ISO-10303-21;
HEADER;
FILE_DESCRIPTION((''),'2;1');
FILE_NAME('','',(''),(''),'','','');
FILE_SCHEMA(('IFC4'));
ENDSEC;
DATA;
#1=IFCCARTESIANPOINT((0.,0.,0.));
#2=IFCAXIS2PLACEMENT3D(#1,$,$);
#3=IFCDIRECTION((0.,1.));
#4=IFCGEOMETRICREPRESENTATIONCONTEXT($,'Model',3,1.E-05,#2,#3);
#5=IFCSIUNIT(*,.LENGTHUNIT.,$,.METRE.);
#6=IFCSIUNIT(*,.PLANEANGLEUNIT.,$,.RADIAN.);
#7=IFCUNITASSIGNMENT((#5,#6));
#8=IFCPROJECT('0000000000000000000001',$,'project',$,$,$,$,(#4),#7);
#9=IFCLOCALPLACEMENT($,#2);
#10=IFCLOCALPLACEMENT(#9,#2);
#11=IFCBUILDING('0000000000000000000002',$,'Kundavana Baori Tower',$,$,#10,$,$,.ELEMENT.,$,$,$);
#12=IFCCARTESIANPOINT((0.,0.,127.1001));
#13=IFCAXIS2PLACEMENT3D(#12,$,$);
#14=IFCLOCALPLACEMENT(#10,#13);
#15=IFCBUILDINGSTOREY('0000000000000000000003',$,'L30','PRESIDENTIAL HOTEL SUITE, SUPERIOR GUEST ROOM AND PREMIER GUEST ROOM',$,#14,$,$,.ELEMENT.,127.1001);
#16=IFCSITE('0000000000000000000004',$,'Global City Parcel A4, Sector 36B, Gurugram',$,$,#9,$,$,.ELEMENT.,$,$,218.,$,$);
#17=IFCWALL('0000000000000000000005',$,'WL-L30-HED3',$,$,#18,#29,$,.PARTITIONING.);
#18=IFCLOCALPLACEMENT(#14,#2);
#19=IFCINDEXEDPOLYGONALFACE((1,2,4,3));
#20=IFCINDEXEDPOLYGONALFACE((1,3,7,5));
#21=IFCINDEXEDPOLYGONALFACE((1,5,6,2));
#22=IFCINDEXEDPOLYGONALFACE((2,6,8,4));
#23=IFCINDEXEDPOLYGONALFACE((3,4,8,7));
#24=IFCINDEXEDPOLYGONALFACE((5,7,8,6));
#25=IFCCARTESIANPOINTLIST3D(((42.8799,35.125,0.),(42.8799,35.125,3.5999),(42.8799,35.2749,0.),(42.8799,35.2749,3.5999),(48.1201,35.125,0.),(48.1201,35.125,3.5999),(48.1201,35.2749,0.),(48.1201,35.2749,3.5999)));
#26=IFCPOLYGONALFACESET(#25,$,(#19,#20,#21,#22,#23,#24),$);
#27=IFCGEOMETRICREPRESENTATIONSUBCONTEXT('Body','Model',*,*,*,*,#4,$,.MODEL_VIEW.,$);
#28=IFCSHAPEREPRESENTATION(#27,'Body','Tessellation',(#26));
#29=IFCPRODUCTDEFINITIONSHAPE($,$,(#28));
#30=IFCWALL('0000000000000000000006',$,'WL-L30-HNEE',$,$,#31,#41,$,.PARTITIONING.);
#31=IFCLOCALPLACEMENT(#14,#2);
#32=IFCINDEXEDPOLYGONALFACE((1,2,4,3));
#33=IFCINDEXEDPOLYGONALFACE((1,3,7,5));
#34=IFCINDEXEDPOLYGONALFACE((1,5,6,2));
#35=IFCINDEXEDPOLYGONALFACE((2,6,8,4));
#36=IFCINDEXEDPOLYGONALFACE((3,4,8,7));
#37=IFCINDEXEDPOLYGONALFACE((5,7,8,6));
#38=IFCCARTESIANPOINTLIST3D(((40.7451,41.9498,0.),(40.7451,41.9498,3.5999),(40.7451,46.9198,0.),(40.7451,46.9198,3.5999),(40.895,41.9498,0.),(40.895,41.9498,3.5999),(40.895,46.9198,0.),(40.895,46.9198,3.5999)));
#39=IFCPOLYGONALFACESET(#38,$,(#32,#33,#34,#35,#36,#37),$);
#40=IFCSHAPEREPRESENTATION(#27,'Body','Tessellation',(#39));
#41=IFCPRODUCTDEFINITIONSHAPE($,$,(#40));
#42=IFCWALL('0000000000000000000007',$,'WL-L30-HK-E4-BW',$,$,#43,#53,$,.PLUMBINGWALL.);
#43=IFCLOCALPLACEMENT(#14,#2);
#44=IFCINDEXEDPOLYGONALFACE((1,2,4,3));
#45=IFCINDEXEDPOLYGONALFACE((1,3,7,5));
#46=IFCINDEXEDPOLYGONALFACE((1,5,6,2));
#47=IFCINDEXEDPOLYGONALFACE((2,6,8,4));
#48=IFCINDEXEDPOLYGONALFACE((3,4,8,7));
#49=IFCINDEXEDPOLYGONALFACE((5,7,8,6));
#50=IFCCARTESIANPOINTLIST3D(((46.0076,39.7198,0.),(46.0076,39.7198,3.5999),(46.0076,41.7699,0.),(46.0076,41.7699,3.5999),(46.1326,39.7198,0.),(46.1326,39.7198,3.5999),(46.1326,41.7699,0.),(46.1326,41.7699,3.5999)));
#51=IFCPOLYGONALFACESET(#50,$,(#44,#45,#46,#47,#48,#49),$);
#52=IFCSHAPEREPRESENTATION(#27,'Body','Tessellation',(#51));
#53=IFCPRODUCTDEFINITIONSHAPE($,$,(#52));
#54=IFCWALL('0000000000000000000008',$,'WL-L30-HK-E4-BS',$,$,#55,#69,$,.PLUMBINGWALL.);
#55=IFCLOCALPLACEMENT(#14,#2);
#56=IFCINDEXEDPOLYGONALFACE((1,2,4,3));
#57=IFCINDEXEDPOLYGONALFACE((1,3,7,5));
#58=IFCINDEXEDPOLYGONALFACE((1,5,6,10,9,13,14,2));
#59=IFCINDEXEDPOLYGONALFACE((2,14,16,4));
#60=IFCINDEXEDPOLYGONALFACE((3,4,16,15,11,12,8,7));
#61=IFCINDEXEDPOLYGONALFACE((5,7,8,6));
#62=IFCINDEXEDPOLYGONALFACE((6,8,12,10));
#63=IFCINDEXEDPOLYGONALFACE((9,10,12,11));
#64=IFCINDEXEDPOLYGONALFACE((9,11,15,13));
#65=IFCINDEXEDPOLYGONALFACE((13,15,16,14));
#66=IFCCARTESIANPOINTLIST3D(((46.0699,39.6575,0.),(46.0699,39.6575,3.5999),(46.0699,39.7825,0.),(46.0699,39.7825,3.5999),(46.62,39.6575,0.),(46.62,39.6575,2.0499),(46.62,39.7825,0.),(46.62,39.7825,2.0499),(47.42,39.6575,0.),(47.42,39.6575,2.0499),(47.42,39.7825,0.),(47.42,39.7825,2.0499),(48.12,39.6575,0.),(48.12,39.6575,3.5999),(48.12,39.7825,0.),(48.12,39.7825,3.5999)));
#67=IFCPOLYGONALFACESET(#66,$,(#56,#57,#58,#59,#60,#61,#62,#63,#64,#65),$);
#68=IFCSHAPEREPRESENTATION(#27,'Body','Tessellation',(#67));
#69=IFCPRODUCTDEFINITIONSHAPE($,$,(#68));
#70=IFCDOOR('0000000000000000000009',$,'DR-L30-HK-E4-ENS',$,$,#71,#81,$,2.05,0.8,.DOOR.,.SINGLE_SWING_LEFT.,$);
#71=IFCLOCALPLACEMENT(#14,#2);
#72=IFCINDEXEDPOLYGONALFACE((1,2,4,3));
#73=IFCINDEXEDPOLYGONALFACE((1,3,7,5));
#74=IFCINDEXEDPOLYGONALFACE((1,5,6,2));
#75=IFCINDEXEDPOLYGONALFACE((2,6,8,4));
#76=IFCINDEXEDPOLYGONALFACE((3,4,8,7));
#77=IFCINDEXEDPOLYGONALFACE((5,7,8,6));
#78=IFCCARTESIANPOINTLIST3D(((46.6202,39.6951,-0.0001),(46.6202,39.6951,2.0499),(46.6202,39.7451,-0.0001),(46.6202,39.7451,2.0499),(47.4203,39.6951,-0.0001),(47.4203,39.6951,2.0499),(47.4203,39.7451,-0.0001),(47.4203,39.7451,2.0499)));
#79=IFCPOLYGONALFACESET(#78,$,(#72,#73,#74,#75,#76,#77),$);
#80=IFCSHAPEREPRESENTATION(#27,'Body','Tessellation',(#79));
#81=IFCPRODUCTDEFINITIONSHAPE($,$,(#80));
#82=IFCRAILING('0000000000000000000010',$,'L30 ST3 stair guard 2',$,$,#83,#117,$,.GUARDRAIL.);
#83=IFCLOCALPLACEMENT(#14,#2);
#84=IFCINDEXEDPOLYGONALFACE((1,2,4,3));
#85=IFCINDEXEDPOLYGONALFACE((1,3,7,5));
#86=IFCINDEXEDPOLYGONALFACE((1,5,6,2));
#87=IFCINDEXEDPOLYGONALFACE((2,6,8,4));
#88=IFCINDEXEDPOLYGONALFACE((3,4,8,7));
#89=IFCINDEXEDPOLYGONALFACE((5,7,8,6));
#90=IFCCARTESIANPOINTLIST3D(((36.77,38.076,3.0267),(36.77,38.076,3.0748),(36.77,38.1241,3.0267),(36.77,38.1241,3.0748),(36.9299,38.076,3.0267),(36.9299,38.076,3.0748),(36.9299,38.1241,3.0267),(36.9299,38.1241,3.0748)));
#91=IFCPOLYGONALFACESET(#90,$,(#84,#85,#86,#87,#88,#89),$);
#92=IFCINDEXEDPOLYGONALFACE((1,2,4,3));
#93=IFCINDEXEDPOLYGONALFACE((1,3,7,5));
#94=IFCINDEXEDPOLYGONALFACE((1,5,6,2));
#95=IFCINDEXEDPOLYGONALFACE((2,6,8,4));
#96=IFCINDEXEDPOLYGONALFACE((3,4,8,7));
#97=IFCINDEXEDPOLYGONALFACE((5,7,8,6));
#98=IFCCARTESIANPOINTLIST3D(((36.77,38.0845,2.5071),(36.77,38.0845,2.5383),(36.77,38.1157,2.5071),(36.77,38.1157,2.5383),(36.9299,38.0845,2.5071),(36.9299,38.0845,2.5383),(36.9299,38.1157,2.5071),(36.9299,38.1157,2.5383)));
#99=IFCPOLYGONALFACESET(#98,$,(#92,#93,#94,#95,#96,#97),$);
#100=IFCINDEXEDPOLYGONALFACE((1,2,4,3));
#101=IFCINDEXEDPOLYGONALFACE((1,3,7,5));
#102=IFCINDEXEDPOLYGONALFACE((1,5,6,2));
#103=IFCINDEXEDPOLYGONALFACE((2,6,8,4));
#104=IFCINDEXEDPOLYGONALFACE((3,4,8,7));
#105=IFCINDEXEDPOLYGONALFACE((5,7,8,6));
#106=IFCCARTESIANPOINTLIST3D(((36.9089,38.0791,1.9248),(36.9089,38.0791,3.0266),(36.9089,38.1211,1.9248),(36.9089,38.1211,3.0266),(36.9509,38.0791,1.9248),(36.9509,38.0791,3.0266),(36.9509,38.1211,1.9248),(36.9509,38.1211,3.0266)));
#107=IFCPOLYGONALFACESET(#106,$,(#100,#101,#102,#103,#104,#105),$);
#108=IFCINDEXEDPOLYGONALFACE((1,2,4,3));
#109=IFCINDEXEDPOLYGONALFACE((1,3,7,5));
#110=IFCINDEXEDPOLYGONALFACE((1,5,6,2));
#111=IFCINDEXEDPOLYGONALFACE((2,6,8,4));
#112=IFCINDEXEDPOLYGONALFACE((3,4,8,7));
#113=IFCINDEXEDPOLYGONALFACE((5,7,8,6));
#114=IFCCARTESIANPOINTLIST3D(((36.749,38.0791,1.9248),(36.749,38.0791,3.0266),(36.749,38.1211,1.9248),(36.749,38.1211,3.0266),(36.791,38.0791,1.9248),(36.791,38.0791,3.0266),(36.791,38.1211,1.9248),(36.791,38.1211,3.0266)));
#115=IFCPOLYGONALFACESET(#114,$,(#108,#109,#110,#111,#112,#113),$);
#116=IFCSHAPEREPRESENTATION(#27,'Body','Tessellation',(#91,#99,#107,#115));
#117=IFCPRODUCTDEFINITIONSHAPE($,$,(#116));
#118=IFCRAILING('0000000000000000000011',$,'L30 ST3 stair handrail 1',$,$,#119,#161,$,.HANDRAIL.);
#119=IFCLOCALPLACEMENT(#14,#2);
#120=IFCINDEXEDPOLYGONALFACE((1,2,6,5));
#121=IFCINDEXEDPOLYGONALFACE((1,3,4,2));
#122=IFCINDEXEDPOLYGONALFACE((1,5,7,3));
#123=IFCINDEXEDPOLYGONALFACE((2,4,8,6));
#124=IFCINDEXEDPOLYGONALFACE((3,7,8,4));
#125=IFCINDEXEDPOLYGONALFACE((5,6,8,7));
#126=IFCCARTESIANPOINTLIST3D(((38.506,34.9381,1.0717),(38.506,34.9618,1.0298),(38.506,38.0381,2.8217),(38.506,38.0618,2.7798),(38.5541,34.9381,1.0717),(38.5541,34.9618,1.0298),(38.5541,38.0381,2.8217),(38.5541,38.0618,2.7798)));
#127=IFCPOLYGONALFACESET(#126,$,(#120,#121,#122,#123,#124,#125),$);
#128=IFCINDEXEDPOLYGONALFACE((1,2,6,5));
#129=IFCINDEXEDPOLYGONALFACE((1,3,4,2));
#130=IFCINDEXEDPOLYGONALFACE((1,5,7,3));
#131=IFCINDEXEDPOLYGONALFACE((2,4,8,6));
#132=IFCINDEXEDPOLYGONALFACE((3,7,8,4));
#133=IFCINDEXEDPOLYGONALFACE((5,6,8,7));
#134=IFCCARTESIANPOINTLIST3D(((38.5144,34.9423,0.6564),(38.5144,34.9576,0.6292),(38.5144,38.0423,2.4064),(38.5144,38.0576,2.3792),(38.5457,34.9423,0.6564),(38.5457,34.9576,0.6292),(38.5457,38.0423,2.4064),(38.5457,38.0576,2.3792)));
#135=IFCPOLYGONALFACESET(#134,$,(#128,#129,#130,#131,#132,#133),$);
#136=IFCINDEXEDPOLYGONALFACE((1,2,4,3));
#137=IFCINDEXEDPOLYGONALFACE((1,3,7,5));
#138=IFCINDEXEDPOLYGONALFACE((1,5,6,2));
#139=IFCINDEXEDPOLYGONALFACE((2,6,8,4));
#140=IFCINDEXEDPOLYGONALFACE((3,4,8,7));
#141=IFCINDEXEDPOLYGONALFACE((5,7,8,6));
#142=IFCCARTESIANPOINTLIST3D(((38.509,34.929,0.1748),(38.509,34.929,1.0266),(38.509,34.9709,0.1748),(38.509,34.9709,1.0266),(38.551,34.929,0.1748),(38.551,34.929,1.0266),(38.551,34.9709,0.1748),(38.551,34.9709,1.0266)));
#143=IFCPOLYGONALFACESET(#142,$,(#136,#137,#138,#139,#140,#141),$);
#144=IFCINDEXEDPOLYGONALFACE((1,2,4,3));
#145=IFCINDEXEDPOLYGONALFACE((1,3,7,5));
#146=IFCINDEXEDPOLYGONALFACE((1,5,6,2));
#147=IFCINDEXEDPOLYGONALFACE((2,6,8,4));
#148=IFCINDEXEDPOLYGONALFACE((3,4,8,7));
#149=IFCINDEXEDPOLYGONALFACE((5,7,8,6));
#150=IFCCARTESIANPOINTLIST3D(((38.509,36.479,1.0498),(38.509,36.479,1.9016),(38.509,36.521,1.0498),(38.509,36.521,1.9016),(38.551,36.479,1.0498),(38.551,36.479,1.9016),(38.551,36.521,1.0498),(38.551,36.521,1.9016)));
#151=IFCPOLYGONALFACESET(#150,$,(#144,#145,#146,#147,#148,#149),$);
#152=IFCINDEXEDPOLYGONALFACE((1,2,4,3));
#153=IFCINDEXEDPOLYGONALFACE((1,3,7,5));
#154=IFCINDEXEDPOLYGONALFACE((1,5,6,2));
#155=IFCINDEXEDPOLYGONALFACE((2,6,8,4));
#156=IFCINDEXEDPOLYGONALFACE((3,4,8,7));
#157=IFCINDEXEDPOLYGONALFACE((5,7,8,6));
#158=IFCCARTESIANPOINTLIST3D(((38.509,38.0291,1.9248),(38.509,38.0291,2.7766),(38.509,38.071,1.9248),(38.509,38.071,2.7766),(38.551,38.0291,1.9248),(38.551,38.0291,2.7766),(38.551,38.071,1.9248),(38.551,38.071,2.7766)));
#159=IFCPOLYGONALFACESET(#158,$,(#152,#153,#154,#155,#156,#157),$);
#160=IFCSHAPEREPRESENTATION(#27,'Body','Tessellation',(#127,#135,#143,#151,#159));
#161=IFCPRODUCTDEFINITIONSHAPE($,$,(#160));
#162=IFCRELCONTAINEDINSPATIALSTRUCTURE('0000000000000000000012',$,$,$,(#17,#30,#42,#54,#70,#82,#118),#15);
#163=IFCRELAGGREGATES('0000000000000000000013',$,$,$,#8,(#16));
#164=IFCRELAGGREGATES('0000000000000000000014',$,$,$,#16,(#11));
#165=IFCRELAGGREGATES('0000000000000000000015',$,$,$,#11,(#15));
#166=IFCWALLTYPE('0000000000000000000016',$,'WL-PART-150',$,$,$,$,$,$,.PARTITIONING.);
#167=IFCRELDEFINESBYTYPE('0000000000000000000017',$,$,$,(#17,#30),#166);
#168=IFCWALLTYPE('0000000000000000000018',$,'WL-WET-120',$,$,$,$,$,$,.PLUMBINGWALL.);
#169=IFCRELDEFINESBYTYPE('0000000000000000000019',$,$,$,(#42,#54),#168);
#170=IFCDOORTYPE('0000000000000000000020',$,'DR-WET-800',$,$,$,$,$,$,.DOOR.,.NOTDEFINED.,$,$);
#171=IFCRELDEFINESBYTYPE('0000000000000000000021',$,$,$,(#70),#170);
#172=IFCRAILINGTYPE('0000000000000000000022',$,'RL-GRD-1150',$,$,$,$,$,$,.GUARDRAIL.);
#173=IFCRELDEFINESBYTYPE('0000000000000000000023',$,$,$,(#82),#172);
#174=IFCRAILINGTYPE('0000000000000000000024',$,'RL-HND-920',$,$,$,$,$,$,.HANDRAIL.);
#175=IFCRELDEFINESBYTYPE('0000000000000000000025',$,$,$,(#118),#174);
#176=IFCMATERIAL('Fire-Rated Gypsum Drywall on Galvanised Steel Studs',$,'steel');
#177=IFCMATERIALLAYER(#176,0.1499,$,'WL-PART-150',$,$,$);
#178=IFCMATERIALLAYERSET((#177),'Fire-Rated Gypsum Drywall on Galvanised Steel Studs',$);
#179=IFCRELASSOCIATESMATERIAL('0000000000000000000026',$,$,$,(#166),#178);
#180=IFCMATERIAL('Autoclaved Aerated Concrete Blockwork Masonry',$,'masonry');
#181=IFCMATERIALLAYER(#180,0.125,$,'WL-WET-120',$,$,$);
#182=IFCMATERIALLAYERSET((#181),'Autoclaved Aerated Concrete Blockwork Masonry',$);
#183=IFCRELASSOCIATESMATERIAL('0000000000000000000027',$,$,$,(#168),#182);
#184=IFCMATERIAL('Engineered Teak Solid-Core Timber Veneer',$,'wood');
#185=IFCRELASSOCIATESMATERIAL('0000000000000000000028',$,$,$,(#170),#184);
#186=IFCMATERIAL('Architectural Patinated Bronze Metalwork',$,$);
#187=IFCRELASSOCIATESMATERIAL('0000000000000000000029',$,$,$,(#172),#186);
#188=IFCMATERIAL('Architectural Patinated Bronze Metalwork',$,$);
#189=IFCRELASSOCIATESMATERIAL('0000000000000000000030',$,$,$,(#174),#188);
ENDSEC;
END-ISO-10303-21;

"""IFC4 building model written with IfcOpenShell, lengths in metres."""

from ifc_helpers import new_model, si_unit, direction, frame, frame_2d, origin, origin_2d, place, context, subcontext, project, spatial, rectangle, extrude, material, layer, layer_set, type_object, element, fill, save


model = new_model("IFC4")

# Units and contexts
model_context = context("Model", 3, precision=1e-05, world=origin(), true_north=direction((0.0, 1.0)))
body_context = subcontext(model_context, "Body", "Model", "MODEL_VIEW")
ifc_project = project(units=[si_unit("LENGTHUNIT", "METRE"), si_unit("PLANEANGLEUNIT", "RADIAN")], contexts=[model_context])

# Site, building, storey
site_placement = place(None, origin())
site = spatial("IfcSite", under=ifc_project, at=site_placement, Name="Global City Parcel A4, Sector 36B, Gurugram", CompositionType="ELEMENT", RefElevation=218.0)
building_placement = place(site_placement, origin())
building = spatial("IfcBuilding", under=site, at=building_placement, Name="Kundavana Baori Tower", CompositionType="ELEMENT")
storey_placement = place(building_placement, frame((0.0, 0.0, 127.1001)))
storey = spatial("IfcBuildingStorey", under=building, at=storey_placement, Name="L30", Description="PRESIDENTIAL HOTEL SUITE, SUPERIOR GUEST ROOM AND PREMIER GUEST ROOM", CompositionType="ELEMENT", Elevation=127.1001)

# Walls
ifc_material_1 = material(Name="Fire-Rated Gypsum Drywall on Galvanised Steel Studs", Category="steel")
ifc_layer_1 = layer(ifc_material_1, 0.1499, Name="WL-PART-150")
ifc_layer_set_1 = layer_set([ifc_layer_1], Name="Fire-Rated Gypsum Drywall on Galvanised Steel Studs")
wall_type_1 = type_object("IfcWallType", Name="WL-PART-150", PredefinedType="PARTITIONING", material=ifc_layer_set_1)
wall_1_placement = place(storey_placement, frame((42.8799, 35.2, 0.0), z_axis=(0.0, 0.0, 1.0), x_axis=(1.0, 0.0, 0.0)))
element("IfcWall", 1, at=wall_1_placement, inside=storey, type_object=wall_type_1, Name="WL-L30-HED3", PredefinedType="PARTITIONING", context=body_context, shape_type="SweptSolid", body=[
    extrude(rectangle(XDim=5.2402, YDim=0.1499, at=frame_2d((2.6201, 0.0))), origin(), (0.0, 0.0, 1.0), 3.5999),
])
wall_2_placement = place(storey_placement, frame((40.8201, 41.95, 0.0), z_axis=(0.0, 0.0, 1.0), x_axis=(0.0, 1.0, 0.0)))
element("IfcWall", 2, at=wall_2_placement, inside=storey, type_object=wall_type_1, Name="WL-L30-HNEE", PredefinedType="PARTITIONING", context=body_context, shape_type="SweptSolid", body=[
    extrude(rectangle(XDim=4.97, YDim=0.1499, at=frame_2d((2.4849, 0.0))), origin(), (0.0, 0.0, 1.0), 3.5999),
])
ifc_material_2 = material(Name="Autoclaved Aerated Concrete Blockwork Masonry", Category="masonry")
ifc_layer_2 = layer(ifc_material_2, 0.125, Name="WL-WET-120")
ifc_layer_set_2 = layer_set([ifc_layer_2], Name="Autoclaved Aerated Concrete Blockwork Masonry")
wall_type_2 = type_object("IfcWallType", Name="WL-WET-120", PredefinedType="PLUMBINGWALL", material=ifc_layer_set_2)
wall_3_placement = place(storey_placement, frame((46.0701, 39.72, 0.0), z_axis=(0.0, 0.0, 1.0), x_axis=(0.0, 1.0, 0.0)))
element("IfcWall", 3, at=wall_3_placement, inside=storey, type_object=wall_type_2, Name="WL-L30-HK-E4-BW", PredefinedType="PLUMBINGWALL", context=body_context, shape_type="SweptSolid", body=[
    extrude(rectangle(XDim=2.05, YDim=0.125, at=frame_2d((1.0249, 0.0))), origin(), (0.0, 0.0, 1.0), 3.5999),
])

# Wall, opening, door
wall_4_placement = place(storey_placement, frame((46.0701, 39.72, 0.0), z_axis=(0.0, 0.0, 1.0), x_axis=(1.0, 0.0, 0.0)))
wall_4 = element("IfcWall", 4, at=wall_4_placement, inside=storey, type_object=wall_type_2, Name="WL-L30-HK-E4-BS", PredefinedType="PLUMBINGWALL", context=body_context, shape_type="SweptSolid", body=[
    extrude(rectangle(XDim=2.05, YDim=0.125, at=frame_2d((1.0249, 0.0))), origin(), (0.0, 0.0, 1.0), 3.5999),
])
opening_1_placement = place(wall_4_placement, frame((0.55, 0.0, 0.0)))
opening_1 = element("IfcOpeningElement", 5, at=opening_1_placement, cuts=wall_4, PredefinedType="OPENING", context=body_context, shape_type="SweptSolid", body=[
    extrude(rectangle(XDim=0.8, YDim=2.05, at=frame_2d((0.3999, 1.0249))), frame((0.0, 0.0725, 0.0), z_axis=(0.0, -1.0, 0.0), x_axis=(1.0, 0.0, 0.0)), (0.0, 0.0, 1.0), 0.145),
])
ifc_material_3 = material(Name="Engineered Teak Solid-Core Timber Veneer", Category="wood")
door_type_1 = type_object("IfcDoorType", Name="DR-WET-800", OperationType="NOTDEFINED", PredefinedType="DOOR", material=ifc_material_3)
door_1_placement = place(opening_1_placement, frame((0.8, 0.0, 0.0), z_axis=(0.0, 0.0, 1.0), x_axis=(-1.0, 0.0, 0.0)))
door_1 = element("IfcDoor", 6, at=door_1_placement, inside=storey, type_object=door_type_1, Name="DR-L30-HK-E4-ENS", OperationType="SINGLE_SWING_LEFT", OverallHeight=2.05, OverallWidth=0.8, PredefinedType="DOOR", context=body_context, shape_type="SweptSolid", body=[
    extrude(rectangle(XDim=0.8, YDim=2.05, at=frame_2d((0.3999, 1.0249))), frame((0.0, 0.0249, 0.0), z_axis=(0.0, -1.0, 0.0), x_axis=(1.0, 0.0, 0.0)), (0.0, 0.0, 1.0), 0.05),
])
fill(opening_1, door_1)

# Railings
ifc_material_4 = material(Name="Architectural Patinated Bronze Metalwork")
railing_type_1 = type_object("IfcRailingType", Name="RL-GRD-1150", PredefinedType="GUARDRAIL", material=ifc_material_4)
railing_1_placement = place(storey_placement, frame((36.9299, 38.1001, 1.9248)))
element("IfcRailing", 7, at=railing_1_placement, inside=storey, type_object=railing_type_1, Name="L30 ST3 stair guard 2", PredefinedType="GUARDRAIL", context=body_context, shape_type="SweptSolid", body=[
    extrude(rectangle(XDim=0.0481, YDim=0.0481, at=origin_2d()), frame((0.0, 0.0, 1.126), z_axis=(-1.0, 0.0, 0.0), x_axis=(0.0, -1.0, 0.0)), (0.0, 0.0, 1.0), 0.1599),
    extrude(rectangle(XDim=0.0312, YDim=0.0312, at=origin_2d()), frame((0.0, 0.0, 0.5979), z_axis=(-1.0, 0.0, 0.0), x_axis=(0.0, -1.0, 0.0)), (0.0, 0.0, 1.0), 0.1599),
    extrude(rectangle(XDim=0.042, YDim=0.042, at=origin_2d()), origin(), (0.0, 0.0, 1.0), 1.1018),
    extrude(rectangle(XDim=0.042, YDim=0.042, at=origin_2d()), frame((-0.1599, 0.0, 0.0)), (0.0, 0.0, 1.0), 1.1018),
])
ifc_material_5 = material(Name="Architectural Patinated Bronze Metalwork")
railing_type_2 = type_object("IfcRailingType", Name="RL-HND-920", PredefinedType="HANDRAIL", material=ifc_material_5)
railing_2_placement = place(storey_placement, frame((38.53, 34.95, 0.1748)))
element("IfcRailing", 8, at=railing_2_placement, inside=storey, type_object=railing_type_2, Name="L30 ST3 stair handrail 1", PredefinedType="HANDRAIL", context=body_context, shape_type="SweptSolid", body=[
    extrude(rectangle(XDim=0.0481, YDim=0.0481, at=origin_2d()), frame((0.0, 0.0, 0.876), z_axis=(0.0, 0.870831, 0.491583), x_axis=(-1.0, 0.0, 0.0)), (0.0, 0.0, 1.0), 3.5598),
    extrude(rectangle(XDim=0.0312, YDim=0.0312, at=origin_2d()), frame((0.0, 0.0, 0.468), z_axis=(0.0, 0.870831, 0.491583), x_axis=(-1.0, 0.0, 0.0)), (0.0, 0.0, 1.0), 3.5598),
    extrude(rectangle(XDim=0.042, YDim=0.042, at=origin_2d()), origin(), (0.0, 0.0, 1.0), 0.8518),
    extrude(rectangle(XDim=0.042, YDim=0.042, at=origin_2d()), frame((0.0, 1.55, 0.875)), (0.0, 0.0, 1.0), 0.8518),
    extrude(rectangle(XDim=0.042, YDim=0.042, at=origin_2d()), frame((0.0, 3.1001, 1.75)), (0.0, 0.0, 1.0), 0.8518),
])

save(model, "model.ifc")
